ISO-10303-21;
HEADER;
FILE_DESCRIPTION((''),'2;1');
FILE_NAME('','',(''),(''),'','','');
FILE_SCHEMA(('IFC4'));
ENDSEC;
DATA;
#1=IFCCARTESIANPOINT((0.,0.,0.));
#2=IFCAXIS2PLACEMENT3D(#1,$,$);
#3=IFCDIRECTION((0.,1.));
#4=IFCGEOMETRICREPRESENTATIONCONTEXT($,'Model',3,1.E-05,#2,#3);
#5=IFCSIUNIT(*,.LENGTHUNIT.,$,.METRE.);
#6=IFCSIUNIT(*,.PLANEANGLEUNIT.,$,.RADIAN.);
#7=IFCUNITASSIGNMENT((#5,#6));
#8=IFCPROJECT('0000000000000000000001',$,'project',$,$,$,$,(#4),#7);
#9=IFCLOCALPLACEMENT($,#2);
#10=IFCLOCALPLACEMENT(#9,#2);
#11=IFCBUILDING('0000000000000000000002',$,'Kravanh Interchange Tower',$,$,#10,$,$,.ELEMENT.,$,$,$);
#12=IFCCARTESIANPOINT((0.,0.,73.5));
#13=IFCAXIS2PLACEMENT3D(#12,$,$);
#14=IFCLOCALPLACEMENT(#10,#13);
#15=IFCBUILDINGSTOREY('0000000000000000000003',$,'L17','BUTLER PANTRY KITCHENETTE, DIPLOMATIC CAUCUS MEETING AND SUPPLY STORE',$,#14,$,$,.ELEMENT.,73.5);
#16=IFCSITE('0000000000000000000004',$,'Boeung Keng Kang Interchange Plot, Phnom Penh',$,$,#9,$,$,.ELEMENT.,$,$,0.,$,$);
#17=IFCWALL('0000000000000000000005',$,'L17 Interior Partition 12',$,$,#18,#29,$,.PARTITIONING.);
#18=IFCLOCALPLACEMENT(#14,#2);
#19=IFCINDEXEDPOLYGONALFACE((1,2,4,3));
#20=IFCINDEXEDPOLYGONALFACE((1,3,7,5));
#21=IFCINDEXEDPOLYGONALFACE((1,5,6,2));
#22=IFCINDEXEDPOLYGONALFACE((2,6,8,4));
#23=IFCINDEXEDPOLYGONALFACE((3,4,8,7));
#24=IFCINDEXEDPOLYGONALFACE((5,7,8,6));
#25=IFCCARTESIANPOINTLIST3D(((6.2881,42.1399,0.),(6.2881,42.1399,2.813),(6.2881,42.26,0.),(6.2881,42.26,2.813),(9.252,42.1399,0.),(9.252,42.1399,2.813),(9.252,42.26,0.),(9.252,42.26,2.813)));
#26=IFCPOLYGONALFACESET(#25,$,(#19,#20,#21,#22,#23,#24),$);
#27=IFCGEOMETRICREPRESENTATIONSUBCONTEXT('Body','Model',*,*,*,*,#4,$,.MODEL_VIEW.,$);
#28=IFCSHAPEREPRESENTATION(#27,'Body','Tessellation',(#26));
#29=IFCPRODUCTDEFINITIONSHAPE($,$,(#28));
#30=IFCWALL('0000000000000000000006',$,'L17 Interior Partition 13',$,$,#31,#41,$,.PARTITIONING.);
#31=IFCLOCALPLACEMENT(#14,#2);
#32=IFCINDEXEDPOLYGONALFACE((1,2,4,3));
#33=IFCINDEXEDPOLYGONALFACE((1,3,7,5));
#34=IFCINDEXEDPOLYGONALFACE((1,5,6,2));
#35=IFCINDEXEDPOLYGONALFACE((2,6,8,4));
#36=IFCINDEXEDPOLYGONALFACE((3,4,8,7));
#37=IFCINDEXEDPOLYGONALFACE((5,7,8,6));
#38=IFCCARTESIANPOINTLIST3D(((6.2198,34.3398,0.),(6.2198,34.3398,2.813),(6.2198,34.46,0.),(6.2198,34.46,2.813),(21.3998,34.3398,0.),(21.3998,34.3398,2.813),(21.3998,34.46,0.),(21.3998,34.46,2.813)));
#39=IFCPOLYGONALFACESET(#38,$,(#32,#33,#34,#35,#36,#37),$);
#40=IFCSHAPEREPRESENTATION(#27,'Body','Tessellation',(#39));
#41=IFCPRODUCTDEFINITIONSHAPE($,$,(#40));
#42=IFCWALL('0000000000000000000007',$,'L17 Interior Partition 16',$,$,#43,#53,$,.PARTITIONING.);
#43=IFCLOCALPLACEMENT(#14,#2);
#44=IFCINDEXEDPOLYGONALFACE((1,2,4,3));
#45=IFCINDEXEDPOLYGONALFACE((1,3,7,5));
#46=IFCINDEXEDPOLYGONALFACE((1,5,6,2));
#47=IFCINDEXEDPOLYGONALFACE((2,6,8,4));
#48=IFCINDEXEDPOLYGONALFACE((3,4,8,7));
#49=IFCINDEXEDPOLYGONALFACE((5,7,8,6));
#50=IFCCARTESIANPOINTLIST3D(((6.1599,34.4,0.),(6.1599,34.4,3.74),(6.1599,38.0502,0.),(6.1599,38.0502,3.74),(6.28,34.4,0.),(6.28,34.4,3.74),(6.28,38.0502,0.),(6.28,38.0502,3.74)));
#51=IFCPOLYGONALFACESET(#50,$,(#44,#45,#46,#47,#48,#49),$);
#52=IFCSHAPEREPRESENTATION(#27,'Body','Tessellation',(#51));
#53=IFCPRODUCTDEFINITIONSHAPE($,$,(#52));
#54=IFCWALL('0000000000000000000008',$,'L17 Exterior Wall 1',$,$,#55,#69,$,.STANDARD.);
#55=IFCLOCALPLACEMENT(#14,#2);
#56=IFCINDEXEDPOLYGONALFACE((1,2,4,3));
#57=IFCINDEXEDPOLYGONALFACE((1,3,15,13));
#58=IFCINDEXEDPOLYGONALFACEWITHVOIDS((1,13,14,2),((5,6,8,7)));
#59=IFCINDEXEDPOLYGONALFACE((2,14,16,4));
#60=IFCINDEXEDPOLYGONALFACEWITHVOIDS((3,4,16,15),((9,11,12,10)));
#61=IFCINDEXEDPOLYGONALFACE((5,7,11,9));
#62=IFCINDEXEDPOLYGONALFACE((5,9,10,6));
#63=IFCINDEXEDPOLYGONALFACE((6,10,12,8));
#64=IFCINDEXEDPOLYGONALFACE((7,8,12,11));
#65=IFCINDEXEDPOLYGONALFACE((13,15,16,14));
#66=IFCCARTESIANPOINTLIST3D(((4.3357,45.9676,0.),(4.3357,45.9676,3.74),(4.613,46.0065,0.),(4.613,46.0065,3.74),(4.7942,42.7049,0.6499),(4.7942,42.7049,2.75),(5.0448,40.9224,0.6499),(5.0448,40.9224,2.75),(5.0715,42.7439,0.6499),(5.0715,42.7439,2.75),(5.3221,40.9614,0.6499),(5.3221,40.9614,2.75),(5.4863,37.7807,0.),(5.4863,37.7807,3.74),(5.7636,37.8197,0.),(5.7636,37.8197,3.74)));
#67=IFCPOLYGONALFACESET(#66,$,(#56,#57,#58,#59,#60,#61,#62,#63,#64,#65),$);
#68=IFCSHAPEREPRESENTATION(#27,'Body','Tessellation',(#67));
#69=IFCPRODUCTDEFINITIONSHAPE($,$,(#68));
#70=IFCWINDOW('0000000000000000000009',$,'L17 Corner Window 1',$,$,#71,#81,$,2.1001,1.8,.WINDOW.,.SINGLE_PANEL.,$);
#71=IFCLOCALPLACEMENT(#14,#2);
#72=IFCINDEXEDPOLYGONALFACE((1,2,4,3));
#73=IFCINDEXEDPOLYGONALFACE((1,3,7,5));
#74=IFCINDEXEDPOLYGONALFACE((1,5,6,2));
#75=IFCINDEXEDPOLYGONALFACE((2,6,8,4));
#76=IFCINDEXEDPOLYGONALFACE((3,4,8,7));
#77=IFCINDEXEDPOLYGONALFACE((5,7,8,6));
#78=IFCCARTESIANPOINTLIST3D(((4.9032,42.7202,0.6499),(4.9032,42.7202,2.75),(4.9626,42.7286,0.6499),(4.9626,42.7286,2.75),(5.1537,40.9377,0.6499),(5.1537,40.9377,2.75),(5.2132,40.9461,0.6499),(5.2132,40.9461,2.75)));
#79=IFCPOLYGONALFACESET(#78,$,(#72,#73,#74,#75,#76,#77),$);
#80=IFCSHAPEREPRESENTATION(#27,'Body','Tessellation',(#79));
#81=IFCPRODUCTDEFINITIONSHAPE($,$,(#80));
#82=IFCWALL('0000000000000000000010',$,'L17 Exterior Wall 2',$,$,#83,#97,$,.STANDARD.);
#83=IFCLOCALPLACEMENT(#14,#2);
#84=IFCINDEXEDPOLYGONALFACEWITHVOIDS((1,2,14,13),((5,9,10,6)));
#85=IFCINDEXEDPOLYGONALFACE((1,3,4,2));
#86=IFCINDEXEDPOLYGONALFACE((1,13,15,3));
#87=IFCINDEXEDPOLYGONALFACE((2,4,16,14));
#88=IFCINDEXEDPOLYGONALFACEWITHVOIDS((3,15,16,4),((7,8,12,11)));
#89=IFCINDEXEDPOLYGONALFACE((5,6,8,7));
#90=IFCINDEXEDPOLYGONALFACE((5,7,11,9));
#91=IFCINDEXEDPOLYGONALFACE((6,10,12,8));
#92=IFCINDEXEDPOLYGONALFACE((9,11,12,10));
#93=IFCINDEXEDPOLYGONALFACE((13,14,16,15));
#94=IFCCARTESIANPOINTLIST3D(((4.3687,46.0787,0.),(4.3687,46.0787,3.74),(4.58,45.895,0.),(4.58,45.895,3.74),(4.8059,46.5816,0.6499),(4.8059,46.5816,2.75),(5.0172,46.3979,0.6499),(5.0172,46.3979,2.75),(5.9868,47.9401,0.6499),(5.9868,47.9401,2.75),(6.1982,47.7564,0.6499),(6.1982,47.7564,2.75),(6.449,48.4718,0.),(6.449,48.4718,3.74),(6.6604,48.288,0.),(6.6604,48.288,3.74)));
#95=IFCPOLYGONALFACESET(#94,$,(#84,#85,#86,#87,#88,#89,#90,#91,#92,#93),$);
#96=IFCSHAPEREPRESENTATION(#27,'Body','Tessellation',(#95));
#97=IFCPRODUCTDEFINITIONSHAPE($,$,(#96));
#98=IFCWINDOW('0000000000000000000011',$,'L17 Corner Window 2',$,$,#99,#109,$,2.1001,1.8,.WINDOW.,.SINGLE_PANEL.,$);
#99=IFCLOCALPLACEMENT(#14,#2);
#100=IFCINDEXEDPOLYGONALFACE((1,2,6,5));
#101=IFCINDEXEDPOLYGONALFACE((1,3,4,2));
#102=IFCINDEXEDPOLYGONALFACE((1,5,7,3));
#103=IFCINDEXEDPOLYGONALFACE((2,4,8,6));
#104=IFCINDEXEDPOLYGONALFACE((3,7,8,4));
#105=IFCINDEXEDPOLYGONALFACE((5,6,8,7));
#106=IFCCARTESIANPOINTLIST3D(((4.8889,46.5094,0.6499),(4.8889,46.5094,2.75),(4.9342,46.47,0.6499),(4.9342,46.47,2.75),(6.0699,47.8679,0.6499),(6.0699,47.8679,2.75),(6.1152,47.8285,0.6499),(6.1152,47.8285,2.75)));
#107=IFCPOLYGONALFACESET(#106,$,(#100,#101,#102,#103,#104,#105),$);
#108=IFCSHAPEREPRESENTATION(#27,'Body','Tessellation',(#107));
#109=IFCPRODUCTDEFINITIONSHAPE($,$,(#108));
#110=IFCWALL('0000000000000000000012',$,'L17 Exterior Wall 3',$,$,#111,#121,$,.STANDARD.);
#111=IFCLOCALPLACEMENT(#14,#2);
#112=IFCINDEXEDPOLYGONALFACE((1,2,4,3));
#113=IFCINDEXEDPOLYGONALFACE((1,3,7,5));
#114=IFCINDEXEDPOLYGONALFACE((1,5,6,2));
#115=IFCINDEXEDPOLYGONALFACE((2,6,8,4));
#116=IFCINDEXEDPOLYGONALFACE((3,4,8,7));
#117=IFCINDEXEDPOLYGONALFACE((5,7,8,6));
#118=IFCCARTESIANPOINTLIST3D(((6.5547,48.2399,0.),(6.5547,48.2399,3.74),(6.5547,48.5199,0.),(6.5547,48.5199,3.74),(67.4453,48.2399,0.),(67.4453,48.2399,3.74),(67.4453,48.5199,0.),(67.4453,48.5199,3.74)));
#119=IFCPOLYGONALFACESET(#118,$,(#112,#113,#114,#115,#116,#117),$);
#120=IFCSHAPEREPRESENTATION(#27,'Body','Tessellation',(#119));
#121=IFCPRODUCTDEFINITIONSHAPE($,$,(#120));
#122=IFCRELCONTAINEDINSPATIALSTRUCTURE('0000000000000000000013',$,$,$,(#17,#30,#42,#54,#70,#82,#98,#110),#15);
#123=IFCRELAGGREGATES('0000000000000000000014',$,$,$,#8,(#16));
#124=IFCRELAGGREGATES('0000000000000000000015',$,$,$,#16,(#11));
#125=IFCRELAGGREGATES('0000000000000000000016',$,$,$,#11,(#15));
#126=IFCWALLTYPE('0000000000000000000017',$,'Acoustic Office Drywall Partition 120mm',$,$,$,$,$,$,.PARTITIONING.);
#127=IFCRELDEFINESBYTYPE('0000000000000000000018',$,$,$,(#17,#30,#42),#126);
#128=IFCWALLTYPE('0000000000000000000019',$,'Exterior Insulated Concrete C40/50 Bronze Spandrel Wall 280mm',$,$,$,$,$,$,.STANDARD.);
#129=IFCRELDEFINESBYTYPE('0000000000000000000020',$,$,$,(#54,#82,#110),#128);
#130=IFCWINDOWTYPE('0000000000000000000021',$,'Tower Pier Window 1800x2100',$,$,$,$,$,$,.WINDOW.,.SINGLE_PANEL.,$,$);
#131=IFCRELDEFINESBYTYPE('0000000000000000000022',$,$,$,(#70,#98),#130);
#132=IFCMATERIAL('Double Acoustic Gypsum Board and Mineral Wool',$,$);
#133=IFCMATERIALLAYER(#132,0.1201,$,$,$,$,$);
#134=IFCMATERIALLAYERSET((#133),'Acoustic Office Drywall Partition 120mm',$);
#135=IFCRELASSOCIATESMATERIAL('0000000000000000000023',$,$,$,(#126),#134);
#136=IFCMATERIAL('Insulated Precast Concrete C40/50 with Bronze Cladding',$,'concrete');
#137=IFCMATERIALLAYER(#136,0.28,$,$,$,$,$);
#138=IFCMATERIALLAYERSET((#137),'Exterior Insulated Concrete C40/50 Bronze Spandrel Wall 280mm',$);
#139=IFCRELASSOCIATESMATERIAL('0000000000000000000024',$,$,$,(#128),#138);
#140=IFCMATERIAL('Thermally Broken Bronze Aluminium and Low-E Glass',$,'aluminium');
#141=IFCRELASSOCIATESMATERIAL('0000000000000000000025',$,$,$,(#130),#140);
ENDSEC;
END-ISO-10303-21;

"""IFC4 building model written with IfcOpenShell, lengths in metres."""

from ifc_helpers import new_model, si_unit, direction, frame, frame_2d, origin, place, context, subcontext, project, spatial, rectangle, extrude, material, layer, layer_set, type_object, element, fill, save


model = new_model("IFC4")

# Units and contexts
model_context = context("Model", 3, precision=1e-05, world=origin(), true_north=direction((0.0, 1.0)))
body_context = subcontext(model_context, "Body", "Model", "MODEL_VIEW")
ifc_project = project(units=[si_unit("LENGTHUNIT", "METRE"), si_unit("PLANEANGLEUNIT", "RADIAN")], contexts=[model_context])

# Site, building, storey
site_placement = place(None, origin())
site = spatial("IfcSite", under=ifc_project, at=site_placement, Name="Boeung Keng Kang Interchange Plot, Phnom Penh", CompositionType="ELEMENT", RefElevation=0.0)
building_placement = place(site_placement, origin())
building = spatial("IfcBuilding", under=site, at=building_placement, Name="Kravanh Interchange Tower", CompositionType="ELEMENT")
storey_placement = place(building_placement, frame((0.0, 0.0, 73.5)))
storey = spatial("IfcBuildingStorey", under=building, at=storey_placement, Name="L17", Description="BUTLER PANTRY KITCHENETTE, DIPLOMATIC CAUCUS MEETING AND SUPPLY STORE", CompositionType="ELEMENT", Elevation=73.5)

# Shared definitions
ifc_material_1 = material(Name="Double Acoustic Gypsum Board and Mineral Wool")
ifc_layer_1 = layer(ifc_material_1, 0.1201)
ifc_layer_set_1 = layer_set([ifc_layer_1], Name="Acoustic Office Drywall Partition 120mm")
wall_type_1 = type_object("IfcWallType", Name="Acoustic Office Drywall Partition 120mm", PredefinedType="PARTITIONING", material=ifc_layer_set_1)

# Walls
wall_1_placement = place(storey_placement, frame((6.2881, 42.2, 0.0), z_axis=(0.0, 0.0, 1.0), x_axis=(1.0, 0.0, 0.0)))
element("IfcWall", 1, at=wall_1_placement, inside=storey, type_object=wall_type_1, Name="L17 Interior Partition 12", PredefinedType="PARTITIONING", context=body_context, shape_type="SweptSolid", body=[
    extrude(rectangle(XDim=2.9639, YDim=0.1201, at=frame_2d((1.4819, 0.0))), origin(), (0.0, 0.0, 1.0), 2.813),
])
wall_2_placement = place(storey_placement, frame((6.22, 34.3999, 0.0), z_axis=(0.0, 0.0, 1.0), x_axis=(1.0, 0.0, 0.0)))
element("IfcWall", 2, at=wall_2_placement, inside=storey, type_object=wall_type_1, Name="L17 Interior Partition 13", PredefinedType="PARTITIONING", context=body_context, shape_type="SweptSolid", body=[
    extrude(rectangle(XDim=15.1799, YDim=0.1201, at=frame_2d((7.5898, 0.0))), origin(), (0.0, 0.0, 1.0), 2.813),
])
wall_3_placement = place(storey_placement, frame((6.22, 34.3999, 0.0), z_axis=(0.0, 0.0, 1.0), x_axis=(0.0, 1.0, 0.0)))
element("IfcWall", 3, at=wall_3_placement, inside=storey, type_object=wall_type_1, Name="L17 Interior Partition 16", PredefinedType="PARTITIONING", context=body_context, shape_type="SweptSolid", body=[
    extrude(rectangle(XDim=3.6501, YDim=0.1201, at=frame_2d((1.8252, 0.0))), origin(), (0.0, 0.0, 1.0), 3.74),
])

# Walls, openings, windows
ifc_material_2 = material(Name="Insulated Precast Concrete C40/50 with Bronze Cladding", Category="concrete")
ifc_layer_2 = layer(ifc_material_2, 0.28)
ifc_layer_set_2 = layer_set([ifc_layer_2], Name="Exterior Insulated Concrete C40/50 Bronze Spandrel Wall 280mm")
wall_type_2 = type_object("IfcWallType", Name="Exterior Insulated Concrete C40/50 Bronze Spandrel Wall 280mm", PredefinedType="STANDARD", material=ifc_layer_set_2)
wall_4_placement = place(storey_placement, frame((5.625, 37.8, 0.0), z_axis=(0.0, 0.0, 1.0), x_axis=(-0.13918, 0.990267, 0.0)))
wall_4 = element("IfcWall", 4, at=wall_4_placement, inside=storey, type_object=wall_type_2, Name="L17 Exterior Wall 1", PredefinedType="STANDARD", context=body_context, shape_type="SweptSolid", body=[
    extrude(rectangle(XDim=8.2673, YDim=0.28, at=frame_2d((4.1338, 0.0))), origin(), (0.0, 0.0, 1.0), 3.74),
])
opening_1_placement = place(wall_4_placement, frame((3.1729, 0.0, 0.6499)))
opening_1 = element("IfcOpeningElement", 5, at=opening_1_placement, cuts=wall_4, PredefinedType="OPENING", context=body_context, shape_type="SweptSolid", body=[
    extrude(rectangle(XDim=1.8, YDim=2.1001, at=frame_2d((0.8999, 1.05))), frame((0.0, 0.1499, 0.0), z_axis=(0.0, -1.0, 0.0), x_axis=(1.0, 0.0, 0.0)), (0.0, 0.0, 1.0), 0.3),
])
ifc_material_3 = material(Name="Thermally Broken Bronze Aluminium and Low-E Glass", Category="aluminium")
window_type = type_object("IfcWindowType", Name="Tower Pier Window 1800x2100", PartitioningType="SINGLE_PANEL", PredefinedType="WINDOW", material=ifc_material_3)
window_1_placement = place(opening_1_placement, origin())
window_1 = element("IfcWindow", 6, at=window_1_placement, inside=storey, type_object=window_type, Name="L17 Corner Window 1", OverallHeight=2.1001, OverallWidth=1.8, PartitioningType="SINGLE_PANEL", PredefinedType="WINDOW", context=body_context, shape_type="SweptSolid", body=[
    extrude(rectangle(XDim=1.8, YDim=2.1001, at=frame_2d((0.8999, 1.05))), frame((0.0, 0.03, 0.0), z_axis=(0.0, -1.0, 0.0), x_axis=(1.0, 0.0, 0.0)), (0.0, 0.0, 1.0), 0.0601),
])
fill(opening_1, window_1)
wall_5_placement = place(storey_placement, frame((4.4744, 45.9868, 0.0), z_axis=(0.0, 0.0, 1.0), x_axis=(0.65607, 0.7547, 0.0)))
wall_5 = element("IfcWall", 7, at=wall_5_placement, inside=storey, type_object=wall_type_2, Name="L17 Exterior Wall 2", PredefinedType="STANDARD", context=body_context, shape_type="SweptSolid", body=[
    extrude(rectangle(XDim=3.1709, YDim=0.28, at=frame_2d((1.5854, 0.0))), origin(), (0.0, 0.0, 1.0), 3.74),
])
opening_2_placement = place(wall_5_placement, frame((0.6665, 0.0, 0.6499)))
opening_2 = element("IfcOpeningElement", 8, at=opening_2_placement, cuts=wall_5, PredefinedType="OPENING", context=body_context, shape_type="SweptSolid", body=[
    extrude(rectangle(XDim=1.8, YDim=2.1001, at=frame_2d((0.8999, 1.05))), frame((0.0, 0.1499, 0.0), z_axis=(0.0, -1.0, 0.0), x_axis=(1.0, 0.0, 0.0)), (0.0, 0.0, 1.0), 0.3),
])
window_2_placement = place(opening_2_placement, origin())
window_2 = element("IfcWindow", 9, at=window_2_placement, inside=storey, type_object=window_type, Name="L17 Corner Window 2", OverallHeight=2.1001, OverallWidth=1.8, PartitioningType="SINGLE_PANEL", PredefinedType="WINDOW", context=body_context, shape_type="SweptSolid", body=[
    extrude(rectangle(XDim=1.8, YDim=2.1001, at=frame_2d((0.8999, 1.05))), frame((0.0, 0.03, 0.0), z_axis=(0.0, -1.0, 0.0), x_axis=(1.0, 0.0, 0.0)), (0.0, 0.0, 1.0), 0.0601),
])
fill(opening_2, window_2)

# Wall
wall_6_placement = place(storey_placement, frame((6.5547, 48.3799, 0.0), z_axis=(0.0, 0.0, 1.0), x_axis=(1.0, 0.0, 0.0)))
element("IfcWall", 10, at=wall_6_placement, inside=storey, type_object=wall_type_2, Name="L17 Exterior Wall 3", PredefinedType="STANDARD", context=body_context, shape_type="SweptSolid", body=[
    extrude(rectangle(XDim=60.8906, YDim=0.28, at=frame_2d((30.4453, 0.0))), origin(), (0.0, 0.0, 1.0), 3.74),
])

save(model, "model.ifc")
